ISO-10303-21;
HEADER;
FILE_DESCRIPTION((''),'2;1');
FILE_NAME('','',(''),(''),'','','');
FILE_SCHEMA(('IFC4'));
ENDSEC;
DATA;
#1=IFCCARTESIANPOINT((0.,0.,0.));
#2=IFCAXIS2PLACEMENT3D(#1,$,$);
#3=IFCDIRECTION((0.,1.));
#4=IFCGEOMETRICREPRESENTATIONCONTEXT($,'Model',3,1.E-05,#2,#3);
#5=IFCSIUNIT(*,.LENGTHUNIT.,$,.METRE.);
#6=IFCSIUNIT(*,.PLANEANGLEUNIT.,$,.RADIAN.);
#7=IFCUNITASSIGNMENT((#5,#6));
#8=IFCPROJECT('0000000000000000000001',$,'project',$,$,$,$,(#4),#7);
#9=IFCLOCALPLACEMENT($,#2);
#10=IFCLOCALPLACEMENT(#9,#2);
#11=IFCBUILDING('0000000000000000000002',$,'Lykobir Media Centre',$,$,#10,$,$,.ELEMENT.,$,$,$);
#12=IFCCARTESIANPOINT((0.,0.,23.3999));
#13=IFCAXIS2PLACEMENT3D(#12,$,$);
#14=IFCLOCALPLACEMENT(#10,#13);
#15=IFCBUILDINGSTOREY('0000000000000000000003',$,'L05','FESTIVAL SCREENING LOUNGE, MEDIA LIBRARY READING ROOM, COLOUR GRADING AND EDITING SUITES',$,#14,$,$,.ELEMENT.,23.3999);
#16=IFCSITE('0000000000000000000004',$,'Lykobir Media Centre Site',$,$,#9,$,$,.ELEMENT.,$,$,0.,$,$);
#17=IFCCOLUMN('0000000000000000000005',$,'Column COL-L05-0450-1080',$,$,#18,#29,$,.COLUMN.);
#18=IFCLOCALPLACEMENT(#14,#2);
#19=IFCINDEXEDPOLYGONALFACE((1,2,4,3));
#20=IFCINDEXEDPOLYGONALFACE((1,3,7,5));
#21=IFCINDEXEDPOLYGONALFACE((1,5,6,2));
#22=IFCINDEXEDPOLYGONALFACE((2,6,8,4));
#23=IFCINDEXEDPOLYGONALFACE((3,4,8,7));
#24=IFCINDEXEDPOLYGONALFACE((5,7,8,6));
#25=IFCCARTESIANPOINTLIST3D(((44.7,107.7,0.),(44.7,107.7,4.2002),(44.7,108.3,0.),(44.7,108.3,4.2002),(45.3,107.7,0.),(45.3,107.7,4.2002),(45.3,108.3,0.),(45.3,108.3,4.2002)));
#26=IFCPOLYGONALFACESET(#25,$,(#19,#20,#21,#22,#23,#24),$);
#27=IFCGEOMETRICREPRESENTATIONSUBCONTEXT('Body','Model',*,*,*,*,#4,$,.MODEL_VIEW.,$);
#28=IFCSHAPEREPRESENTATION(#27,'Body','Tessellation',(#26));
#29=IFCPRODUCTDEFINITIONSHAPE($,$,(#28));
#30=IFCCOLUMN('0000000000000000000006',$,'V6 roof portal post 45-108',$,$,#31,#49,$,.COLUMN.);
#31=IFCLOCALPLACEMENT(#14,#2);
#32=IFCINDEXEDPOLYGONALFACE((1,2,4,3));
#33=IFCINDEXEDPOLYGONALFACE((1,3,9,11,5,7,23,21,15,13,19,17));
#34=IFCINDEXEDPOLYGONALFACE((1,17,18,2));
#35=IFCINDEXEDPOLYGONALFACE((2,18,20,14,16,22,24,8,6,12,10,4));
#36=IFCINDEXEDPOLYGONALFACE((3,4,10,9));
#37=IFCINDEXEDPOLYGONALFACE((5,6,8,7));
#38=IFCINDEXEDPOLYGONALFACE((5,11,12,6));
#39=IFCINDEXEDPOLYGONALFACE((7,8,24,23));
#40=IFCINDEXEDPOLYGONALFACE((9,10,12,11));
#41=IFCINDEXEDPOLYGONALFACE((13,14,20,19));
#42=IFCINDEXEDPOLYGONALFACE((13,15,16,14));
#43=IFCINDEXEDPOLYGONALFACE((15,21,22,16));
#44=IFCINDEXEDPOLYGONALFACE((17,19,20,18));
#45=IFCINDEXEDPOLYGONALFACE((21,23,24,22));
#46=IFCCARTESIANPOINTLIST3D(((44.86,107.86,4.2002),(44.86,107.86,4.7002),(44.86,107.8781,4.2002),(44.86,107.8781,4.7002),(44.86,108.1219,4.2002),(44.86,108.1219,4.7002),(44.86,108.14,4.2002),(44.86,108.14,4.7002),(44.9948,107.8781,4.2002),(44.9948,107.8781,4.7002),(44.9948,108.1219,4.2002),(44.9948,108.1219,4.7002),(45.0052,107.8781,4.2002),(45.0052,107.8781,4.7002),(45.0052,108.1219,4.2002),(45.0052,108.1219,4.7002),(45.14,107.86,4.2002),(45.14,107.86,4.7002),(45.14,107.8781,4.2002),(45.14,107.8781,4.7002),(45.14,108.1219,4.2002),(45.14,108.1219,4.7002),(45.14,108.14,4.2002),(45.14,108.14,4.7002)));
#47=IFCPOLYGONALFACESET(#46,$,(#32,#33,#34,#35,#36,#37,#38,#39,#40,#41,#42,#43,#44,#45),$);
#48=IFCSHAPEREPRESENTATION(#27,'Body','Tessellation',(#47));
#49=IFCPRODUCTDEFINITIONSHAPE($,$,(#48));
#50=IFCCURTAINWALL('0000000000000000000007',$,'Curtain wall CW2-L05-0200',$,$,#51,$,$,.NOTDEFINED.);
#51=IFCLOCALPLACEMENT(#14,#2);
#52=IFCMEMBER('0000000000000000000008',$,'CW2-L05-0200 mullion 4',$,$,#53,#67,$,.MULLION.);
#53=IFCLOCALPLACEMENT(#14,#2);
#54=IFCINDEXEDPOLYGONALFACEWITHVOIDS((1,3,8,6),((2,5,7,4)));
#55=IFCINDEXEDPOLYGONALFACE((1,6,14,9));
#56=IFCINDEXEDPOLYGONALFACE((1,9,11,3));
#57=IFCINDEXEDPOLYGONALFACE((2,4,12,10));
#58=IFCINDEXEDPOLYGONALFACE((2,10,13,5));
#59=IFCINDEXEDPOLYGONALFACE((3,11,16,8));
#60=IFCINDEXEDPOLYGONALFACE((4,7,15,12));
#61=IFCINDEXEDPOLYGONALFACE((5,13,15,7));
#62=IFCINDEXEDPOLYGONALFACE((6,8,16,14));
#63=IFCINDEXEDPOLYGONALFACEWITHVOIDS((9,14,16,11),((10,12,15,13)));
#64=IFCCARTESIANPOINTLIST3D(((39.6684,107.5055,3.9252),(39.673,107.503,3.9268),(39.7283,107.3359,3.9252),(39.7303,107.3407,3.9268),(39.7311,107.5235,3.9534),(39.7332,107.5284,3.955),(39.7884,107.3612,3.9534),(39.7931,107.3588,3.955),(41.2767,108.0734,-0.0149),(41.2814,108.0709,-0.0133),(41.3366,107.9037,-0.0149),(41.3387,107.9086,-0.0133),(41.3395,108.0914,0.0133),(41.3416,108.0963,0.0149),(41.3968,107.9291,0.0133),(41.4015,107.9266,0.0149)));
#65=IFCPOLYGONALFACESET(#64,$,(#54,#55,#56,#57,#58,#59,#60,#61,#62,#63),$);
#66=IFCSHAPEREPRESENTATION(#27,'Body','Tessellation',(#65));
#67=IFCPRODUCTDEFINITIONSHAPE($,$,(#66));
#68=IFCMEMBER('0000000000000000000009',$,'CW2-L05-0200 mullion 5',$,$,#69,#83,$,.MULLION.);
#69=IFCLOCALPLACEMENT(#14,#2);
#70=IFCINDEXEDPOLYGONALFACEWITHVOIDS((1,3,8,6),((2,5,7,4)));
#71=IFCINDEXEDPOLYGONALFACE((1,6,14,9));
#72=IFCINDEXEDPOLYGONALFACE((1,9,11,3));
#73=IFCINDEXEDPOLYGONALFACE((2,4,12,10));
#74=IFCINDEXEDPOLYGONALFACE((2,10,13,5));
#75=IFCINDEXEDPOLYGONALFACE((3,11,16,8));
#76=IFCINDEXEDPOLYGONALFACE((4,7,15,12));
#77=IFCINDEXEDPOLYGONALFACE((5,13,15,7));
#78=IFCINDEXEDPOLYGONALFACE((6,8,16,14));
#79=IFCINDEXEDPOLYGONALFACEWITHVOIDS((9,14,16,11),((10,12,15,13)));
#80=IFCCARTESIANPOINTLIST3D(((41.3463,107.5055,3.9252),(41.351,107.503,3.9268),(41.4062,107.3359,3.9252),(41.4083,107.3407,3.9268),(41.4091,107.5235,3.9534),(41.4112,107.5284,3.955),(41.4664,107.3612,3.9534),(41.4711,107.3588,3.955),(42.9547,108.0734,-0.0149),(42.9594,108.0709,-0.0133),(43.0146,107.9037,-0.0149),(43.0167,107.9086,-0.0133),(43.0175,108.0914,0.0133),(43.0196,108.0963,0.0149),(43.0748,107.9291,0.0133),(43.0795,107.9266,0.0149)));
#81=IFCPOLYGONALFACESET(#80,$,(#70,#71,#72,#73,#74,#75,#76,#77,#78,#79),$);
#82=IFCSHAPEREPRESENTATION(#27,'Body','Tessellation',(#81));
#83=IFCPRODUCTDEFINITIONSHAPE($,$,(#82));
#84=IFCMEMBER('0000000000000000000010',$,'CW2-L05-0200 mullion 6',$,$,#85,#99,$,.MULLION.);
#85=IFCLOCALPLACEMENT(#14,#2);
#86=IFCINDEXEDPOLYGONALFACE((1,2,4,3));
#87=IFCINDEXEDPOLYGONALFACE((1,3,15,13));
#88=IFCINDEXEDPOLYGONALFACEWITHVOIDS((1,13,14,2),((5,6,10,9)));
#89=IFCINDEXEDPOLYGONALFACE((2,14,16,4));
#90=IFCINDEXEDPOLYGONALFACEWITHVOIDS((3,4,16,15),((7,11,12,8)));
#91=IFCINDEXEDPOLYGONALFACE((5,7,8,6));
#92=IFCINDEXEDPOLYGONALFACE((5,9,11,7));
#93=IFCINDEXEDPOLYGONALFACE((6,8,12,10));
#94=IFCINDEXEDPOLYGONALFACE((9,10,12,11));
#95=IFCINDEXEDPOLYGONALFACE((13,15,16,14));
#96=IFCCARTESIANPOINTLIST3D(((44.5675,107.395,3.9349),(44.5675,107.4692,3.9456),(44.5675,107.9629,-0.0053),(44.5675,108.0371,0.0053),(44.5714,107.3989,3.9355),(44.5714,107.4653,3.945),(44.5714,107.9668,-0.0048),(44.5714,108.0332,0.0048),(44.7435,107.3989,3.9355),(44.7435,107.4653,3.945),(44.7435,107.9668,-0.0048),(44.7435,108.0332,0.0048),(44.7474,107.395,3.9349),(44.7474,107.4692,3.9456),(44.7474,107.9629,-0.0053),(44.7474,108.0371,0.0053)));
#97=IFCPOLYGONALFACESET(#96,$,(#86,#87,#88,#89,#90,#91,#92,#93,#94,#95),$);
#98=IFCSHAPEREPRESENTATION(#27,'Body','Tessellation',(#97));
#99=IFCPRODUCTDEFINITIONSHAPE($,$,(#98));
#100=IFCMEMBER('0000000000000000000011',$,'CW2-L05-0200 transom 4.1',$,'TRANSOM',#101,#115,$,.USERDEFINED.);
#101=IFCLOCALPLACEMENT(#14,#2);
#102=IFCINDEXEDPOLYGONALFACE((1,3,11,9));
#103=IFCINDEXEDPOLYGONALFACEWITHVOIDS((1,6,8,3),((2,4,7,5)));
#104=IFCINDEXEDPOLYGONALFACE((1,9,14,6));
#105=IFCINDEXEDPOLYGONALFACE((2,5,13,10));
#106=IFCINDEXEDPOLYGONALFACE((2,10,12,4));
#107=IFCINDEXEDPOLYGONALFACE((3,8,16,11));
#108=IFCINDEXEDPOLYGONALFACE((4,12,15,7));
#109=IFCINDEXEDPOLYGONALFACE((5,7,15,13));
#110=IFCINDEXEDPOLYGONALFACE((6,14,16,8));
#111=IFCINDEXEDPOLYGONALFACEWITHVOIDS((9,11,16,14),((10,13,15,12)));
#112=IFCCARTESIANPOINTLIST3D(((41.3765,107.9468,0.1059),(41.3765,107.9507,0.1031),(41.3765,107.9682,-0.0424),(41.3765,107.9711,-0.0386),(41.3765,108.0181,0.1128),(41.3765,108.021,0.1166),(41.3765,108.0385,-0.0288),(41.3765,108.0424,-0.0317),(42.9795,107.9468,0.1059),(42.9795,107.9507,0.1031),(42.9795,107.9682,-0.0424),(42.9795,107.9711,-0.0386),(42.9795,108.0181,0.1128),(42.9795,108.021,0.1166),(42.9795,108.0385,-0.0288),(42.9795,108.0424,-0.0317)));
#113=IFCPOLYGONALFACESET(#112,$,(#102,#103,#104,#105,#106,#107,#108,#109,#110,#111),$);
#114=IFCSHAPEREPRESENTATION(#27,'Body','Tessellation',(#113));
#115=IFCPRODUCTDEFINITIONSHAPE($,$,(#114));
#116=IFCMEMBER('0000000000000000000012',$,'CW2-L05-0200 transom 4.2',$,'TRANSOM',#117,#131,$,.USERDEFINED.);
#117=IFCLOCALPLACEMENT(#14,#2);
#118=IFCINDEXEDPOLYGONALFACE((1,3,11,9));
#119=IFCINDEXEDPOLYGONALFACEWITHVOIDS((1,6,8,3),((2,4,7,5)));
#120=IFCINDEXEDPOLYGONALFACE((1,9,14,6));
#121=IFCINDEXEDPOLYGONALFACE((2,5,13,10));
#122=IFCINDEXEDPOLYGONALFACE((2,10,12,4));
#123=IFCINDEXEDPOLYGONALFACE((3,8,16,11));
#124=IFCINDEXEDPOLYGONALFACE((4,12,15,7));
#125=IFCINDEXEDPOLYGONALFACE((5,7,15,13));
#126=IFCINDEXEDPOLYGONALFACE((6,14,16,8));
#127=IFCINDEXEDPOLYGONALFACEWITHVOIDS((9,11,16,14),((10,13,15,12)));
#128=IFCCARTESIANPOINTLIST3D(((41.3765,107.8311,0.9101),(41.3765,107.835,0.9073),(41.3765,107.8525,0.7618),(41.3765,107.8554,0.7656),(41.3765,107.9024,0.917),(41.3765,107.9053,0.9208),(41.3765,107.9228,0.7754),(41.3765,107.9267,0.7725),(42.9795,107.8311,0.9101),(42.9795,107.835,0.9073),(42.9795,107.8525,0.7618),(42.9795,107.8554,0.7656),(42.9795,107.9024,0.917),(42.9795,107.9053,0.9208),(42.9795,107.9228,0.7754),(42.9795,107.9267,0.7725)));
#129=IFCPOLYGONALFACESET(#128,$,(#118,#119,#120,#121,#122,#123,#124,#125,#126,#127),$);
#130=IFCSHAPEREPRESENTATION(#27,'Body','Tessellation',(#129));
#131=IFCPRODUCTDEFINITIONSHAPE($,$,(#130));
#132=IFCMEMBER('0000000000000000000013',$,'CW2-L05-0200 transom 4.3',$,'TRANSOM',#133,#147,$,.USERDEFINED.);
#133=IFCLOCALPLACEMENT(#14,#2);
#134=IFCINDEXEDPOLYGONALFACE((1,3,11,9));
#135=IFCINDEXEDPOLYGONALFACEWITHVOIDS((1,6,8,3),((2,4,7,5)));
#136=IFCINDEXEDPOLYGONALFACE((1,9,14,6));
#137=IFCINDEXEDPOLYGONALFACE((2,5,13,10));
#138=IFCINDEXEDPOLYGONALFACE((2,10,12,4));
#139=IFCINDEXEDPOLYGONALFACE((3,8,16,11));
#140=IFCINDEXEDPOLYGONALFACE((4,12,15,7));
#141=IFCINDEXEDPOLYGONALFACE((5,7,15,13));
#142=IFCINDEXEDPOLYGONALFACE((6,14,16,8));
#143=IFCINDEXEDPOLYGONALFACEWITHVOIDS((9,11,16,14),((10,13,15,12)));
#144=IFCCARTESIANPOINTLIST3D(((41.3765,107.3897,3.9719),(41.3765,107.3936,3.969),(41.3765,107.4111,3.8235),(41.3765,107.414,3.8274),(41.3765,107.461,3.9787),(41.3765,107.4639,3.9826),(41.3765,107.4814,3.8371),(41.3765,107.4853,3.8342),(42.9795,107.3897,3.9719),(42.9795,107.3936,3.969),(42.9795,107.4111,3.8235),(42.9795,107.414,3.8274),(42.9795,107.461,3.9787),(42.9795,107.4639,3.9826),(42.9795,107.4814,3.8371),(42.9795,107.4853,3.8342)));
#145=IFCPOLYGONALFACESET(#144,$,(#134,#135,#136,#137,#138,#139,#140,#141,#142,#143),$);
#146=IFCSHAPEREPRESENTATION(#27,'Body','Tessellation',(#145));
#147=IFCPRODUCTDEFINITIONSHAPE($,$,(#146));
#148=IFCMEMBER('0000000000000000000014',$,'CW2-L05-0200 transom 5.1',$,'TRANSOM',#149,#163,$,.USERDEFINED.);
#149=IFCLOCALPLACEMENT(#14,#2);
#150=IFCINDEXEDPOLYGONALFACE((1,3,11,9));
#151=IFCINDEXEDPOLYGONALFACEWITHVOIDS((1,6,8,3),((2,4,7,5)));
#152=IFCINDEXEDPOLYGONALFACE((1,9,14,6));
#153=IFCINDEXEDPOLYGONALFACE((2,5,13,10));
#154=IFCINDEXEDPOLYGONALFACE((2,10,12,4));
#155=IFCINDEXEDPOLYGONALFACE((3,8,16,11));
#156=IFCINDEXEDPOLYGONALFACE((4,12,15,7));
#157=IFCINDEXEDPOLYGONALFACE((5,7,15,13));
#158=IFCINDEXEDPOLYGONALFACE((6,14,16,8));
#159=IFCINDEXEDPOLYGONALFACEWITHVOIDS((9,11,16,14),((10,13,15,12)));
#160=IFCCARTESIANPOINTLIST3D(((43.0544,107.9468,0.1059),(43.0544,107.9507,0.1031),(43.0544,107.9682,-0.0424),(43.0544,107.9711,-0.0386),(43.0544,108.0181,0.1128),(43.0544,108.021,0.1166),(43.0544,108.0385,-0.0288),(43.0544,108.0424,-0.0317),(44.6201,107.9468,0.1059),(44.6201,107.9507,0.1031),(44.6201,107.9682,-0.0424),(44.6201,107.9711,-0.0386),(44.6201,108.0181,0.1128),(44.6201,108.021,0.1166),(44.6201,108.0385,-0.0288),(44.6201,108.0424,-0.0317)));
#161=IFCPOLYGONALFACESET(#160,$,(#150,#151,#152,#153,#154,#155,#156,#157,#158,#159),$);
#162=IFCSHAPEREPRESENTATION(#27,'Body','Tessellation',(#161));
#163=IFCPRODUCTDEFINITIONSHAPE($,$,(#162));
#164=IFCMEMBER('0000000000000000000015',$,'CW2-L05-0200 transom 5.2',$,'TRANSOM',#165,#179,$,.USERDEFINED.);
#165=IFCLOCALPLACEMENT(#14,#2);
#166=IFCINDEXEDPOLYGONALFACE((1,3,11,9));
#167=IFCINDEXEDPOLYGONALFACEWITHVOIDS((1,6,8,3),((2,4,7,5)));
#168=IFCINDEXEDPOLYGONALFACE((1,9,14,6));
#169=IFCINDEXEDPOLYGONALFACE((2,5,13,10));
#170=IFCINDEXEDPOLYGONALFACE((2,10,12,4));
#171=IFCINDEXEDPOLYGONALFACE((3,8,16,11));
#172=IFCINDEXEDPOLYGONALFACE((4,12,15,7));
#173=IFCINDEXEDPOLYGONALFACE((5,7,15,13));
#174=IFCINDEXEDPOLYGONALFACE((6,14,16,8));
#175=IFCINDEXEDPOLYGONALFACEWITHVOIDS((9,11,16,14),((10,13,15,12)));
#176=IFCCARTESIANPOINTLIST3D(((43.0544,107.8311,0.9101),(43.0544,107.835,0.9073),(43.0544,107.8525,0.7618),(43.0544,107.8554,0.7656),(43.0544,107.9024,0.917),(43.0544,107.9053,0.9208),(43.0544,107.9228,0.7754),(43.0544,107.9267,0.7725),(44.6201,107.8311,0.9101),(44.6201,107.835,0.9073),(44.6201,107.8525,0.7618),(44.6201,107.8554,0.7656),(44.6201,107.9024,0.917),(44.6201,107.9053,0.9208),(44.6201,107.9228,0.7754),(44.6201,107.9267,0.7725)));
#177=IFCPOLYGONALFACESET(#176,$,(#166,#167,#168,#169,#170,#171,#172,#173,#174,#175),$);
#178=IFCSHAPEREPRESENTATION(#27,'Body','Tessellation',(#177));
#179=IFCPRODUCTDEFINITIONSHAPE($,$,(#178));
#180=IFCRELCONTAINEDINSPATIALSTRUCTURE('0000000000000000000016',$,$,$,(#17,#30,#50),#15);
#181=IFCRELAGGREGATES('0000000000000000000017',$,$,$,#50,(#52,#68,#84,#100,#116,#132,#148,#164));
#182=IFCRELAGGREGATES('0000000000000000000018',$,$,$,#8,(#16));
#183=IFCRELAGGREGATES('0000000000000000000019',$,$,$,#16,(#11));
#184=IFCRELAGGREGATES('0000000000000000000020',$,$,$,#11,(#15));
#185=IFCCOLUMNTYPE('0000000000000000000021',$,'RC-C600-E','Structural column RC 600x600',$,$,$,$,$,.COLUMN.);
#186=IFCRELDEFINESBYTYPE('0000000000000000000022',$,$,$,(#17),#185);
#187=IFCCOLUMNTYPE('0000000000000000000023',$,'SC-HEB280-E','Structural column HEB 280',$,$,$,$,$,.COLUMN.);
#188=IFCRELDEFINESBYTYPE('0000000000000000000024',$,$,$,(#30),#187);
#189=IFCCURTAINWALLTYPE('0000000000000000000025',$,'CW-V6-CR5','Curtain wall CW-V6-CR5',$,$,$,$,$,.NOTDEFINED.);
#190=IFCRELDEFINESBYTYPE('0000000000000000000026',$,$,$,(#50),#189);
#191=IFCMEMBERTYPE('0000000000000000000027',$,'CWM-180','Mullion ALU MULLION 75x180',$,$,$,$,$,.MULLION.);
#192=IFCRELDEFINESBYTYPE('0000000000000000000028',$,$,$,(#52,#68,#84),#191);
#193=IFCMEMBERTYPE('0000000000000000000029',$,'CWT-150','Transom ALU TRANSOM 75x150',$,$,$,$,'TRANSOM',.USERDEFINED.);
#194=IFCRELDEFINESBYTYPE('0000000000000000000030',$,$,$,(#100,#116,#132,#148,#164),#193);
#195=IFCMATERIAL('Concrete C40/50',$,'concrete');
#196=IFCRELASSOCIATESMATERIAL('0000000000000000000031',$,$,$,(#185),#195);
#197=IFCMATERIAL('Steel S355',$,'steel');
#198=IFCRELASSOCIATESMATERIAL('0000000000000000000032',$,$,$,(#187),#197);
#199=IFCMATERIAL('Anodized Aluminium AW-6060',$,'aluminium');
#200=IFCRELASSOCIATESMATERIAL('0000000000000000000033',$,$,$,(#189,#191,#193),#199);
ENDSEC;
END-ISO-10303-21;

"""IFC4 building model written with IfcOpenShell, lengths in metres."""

from ifc_helpers import new_model, si_unit, direction, frame, origin, origin_2d, place, context, subcontext, project, spatial, rectangle, hollow_rectangle, i_section, extrude, material, material_profile, profile_set, type_object, element, aggregate, save


model = new_model("IFC4")

# Units and contexts
model_context = context("Model", 3, precision=1e-05, world=origin(), true_north=direction((0.0, 1.0)))
body_context = subcontext(model_context, "Body", "Model", "MODEL_VIEW")
ifc_project = project(units=[si_unit("LENGTHUNIT", "METRE"), si_unit("PLANEANGLEUNIT", "RADIAN")], contexts=[model_context])

# Site, building, storey
site_placement = place(None, origin())
site = spatial("IfcSite", under=ifc_project, at=site_placement, Name="Lykobir Media Centre Site", CompositionType="ELEMENT", RefElevation=0.0)
building_placement = place(site_placement, origin())
building = spatial("IfcBuilding", under=site, at=building_placement, Name="Lykobir Media Centre", CompositionType="ELEMENT")
storey_placement = place(building_placement, frame((0.0, 0.0, 23.3999)))
storey = spatial("IfcBuildingStorey", under=building, at=storey_placement, Name="L05", Description="FESTIVAL SCREENING LOUNGE, MEDIA LIBRARY READING ROOM, COLOUR GRADING AND EDITING SUITES", CompositionType="ELEMENT", Elevation=23.3999)

# Columns
ifc_material_1 = material(Name="Concrete C40/50", Category="concrete")
ifc_material_profile_1 = material_profile(ifc_material_1, rectangle(XDim=0.6001, YDim=0.6001, at=origin_2d()), Name="RC 600x600")
ifc_profile_set_1 = profile_set([ifc_material_profile_1], Name="Concrete C40/50")
column_type_1 = type_object("IfcColumnType", Name="RC-C600-E", Description="Structural column RC 600x600", PredefinedType="COLUMN", material=ifc_profile_set_1)
column_1_placement = place(storey_placement, frame((45.0, 108.0, 0.0), z_axis=(0.0, 0.0, 1.0), x_axis=(1.0, 0.0, 0.0)))
element("IfcColumn", 1, at=column_1_placement, inside=storey, type_object=column_type_1, Name="Column COL-L05-0450-1080", PredefinedType="COLUMN", context=body_context, shape_type="SweptSolid", body=[
    extrude(rectangle(XDim=0.6001, YDim=0.6001, at=origin_2d()), origin(), (0.0, 0.0, 1.0), 4.2002),
])
ifc_material_2 = material(Name="Steel S355", Category="steel")
ifc_material_profile_2 = material_profile(ifc_material_2, i_section(OverallWidth=0.28, OverallDepth=0.28, WebThickness=0.0105, FlangeThickness=0.0181, at=origin_2d()), Name="HEB 280")
ifc_profile_set_2 = profile_set([ifc_material_profile_2], Name="Steel S355")
column_type_2 = type_object("IfcColumnType", Name="SC-HEB280-E", Description="Structural column HEB 280", PredefinedType="COLUMN", material=ifc_profile_set_2)
column_2_placement = place(storey_placement, frame((45.0, 108.0, 4.2002), z_axis=(0.0, 0.0, 1.0), x_axis=(1.0, 0.0, 0.0)))
element("IfcColumn", 2, at=column_2_placement, inside=storey, type_object=column_type_2, Name="V6 roof portal post 45-108", PredefinedType="COLUMN", context=body_context, shape_type="SweptSolid", body=[
    extrude(i_section(OverallWidth=0.28, OverallDepth=0.28, WebThickness=0.0105, FlangeThickness=0.0181, at=origin_2d()), origin(), (0.0, 0.0, 1.0), 0.5),
])

# Curtain wall, members
ifc_material_3 = material(Name="Anodized Aluminium AW-6060", Category="aluminium")
curtain_wall_type_1 = type_object("IfcCurtainWallType", Name="CW-V6-CR5", Description="Curtain wall CW-V6-CR5", PredefinedType="NOTDEFINED", material=ifc_material_3)
curtain_wall_1_placement = place(storey_placement, origin())
curtain_wall_1 = element("IfcCurtainWall", 3, at=curtain_wall_1_placement, inside=storey, type_object=curtain_wall_type_1, Name="Curtain wall CW2-L05-0200", PredefinedType="NOTDEFINED")
ifc_material_profile_3 = material_profile(ifc_material_3, hollow_rectangle(XDim=0.075, YDim=0.1799, WallThickness=0.0039, at=origin_2d()), Name="ALU MULLION 75x180")
ifc_profile_set_3 = profile_set([ifc_material_profile_3], Name="Anodized Aluminium AW-6060")
member_type_1 = type_object("IfcMemberType", Name="CWM-180", Description="Mullion ALU MULLION 75x180", PredefinedType="MULLION", material=ifc_profile_set_3)
member_1_placement = place(storey_placement, frame((41.3391, 108.0, 0.0), z_axis=(-0.374609, -0.132262, 0.917701), x_axis=(0.865349, 0.305526, 0.397272)))
member_1 = element("IfcMember", 4, at=member_1_placement, type_object=member_type_1, Name="CW2-L05-0200 mullion 4", PredefinedType="MULLION", context=body_context, shape_type="SweptSolid", body=[
    extrude(hollow_rectangle(XDim=0.075, YDim=0.1799, WallThickness=0.0039, at=origin_2d()), origin(), (0.0, 0.0, 1.0), 4.2935),
])
member_2_placement = place(storey_placement, frame((43.0171, 108.0, 0.0), z_axis=(-0.374609, -0.132262, 0.917701), x_axis=(0.865349, 0.305526, 0.397272)))
member_2 = element("IfcMember", 5, at=member_2_placement, type_object=member_type_1, Name="CW2-L05-0200 mullion 5", PredefinedType="MULLION", context=body_context, shape_type="SweptSolid", body=[
    extrude(hollow_rectangle(XDim=0.075, YDim=0.1799, WallThickness=0.0039, at=origin_2d()), origin(), (0.0, 0.0, 1.0), 4.2935),
])
member_3_placement = place(storey_placement, frame((44.6575, 108.0, 0.0), z_axis=(0.0, -0.142649, 0.989773), x_axis=(0.0, 0.989773, 0.142649)))
member_3 = element("IfcMember", 6, at=member_3_placement, type_object=member_type_1, Name="CW2-L05-0200 mullion 6", PredefinedType="MULLION", context=body_context, shape_type="SweptSolid", body=[
    extrude(hollow_rectangle(XDim=0.075, YDim=0.1799, WallThickness=0.0039, at=origin_2d()), origin(), (0.0, 0.0, 1.0), 3.981),
])
ifc_material_profile_4 = material_profile(ifc_material_3, hollow_rectangle(XDim=0.075, YDim=0.1499, WallThickness=0.0034, at=origin_2d()), Name="ALU TRANSOM 75x150")
ifc_profile_set_4 = profile_set([ifc_material_profile_4], Name="Anodized Aluminium AW-6060")
member_type_2 = type_object("IfcMemberType", Name="CWT-150", Description="Transom ALU TRANSOM 75x150", ElementType="TRANSOM", PredefinedType="USERDEFINED", material=ifc_profile_set_4)
member_4_placement = place(storey_placement, frame((41.3765, 107.9946, 0.0371), z_axis=(1.0, 0.0, 0.0), x_axis=(0.0, 0.989776, 0.142629)))
member_4 = element("IfcMember", 7, at=member_4_placement, type_object=member_type_2, Name="CW2-L05-0200 transom 4.1", ObjectType="TRANSOM", PredefinedType="USERDEFINED", context=body_context, shape_type="SweptSolid", body=[
    extrude(hollow_rectangle(XDim=0.075, YDim=0.1499, WallThickness=0.0034, at=origin_2d()), origin(), (0.0, 0.0, 1.0), 1.603),
])
member_5_placement = place(storey_placement, frame((41.3765, 107.8789, 0.8413), z_axis=(1.0, 0.0, 0.0), x_axis=(0.0, 0.989776, 0.142629)))
member_5 = element("IfcMember", 8, at=member_5_placement, type_object=member_type_2, Name="CW2-L05-0200 transom 4.2", ObjectType="TRANSOM", PredefinedType="USERDEFINED", context=body_context, shape_type="SweptSolid", body=[
    extrude(hollow_rectangle(XDim=0.075, YDim=0.1499, WallThickness=0.0034, at=origin_2d()), origin(), (0.0, 0.0, 1.0), 1.603),
])
member_6_placement = place(storey_placement, frame((41.3765, 107.4375, 3.9031), z_axis=(1.0, 0.0, 0.0), x_axis=(0.0, 0.989776, 0.142629)))
member_6 = element("IfcMember", 9, at=member_6_placement, type_object=member_type_2, Name="CW2-L05-0200 transom 4.3", ObjectType="TRANSOM", PredefinedType="USERDEFINED", context=body_context, shape_type="SweptSolid", body=[
    extrude(hollow_rectangle(XDim=0.075, YDim=0.1499, WallThickness=0.0034, at=origin_2d()), origin(), (0.0, 0.0, 1.0), 1.603),
])
member_7_placement = place(storey_placement, frame((43.0544, 107.9946, 0.0371), z_axis=(1.0, 0.0, 0.0), x_axis=(0.0, 0.989776, 0.142629)))
member_7 = element("IfcMember", 10, at=member_7_placement, type_object=member_type_2, Name="CW2-L05-0200 transom 5.1", ObjectType="TRANSOM", PredefinedType="USERDEFINED", context=body_context, shape_type="SweptSolid", body=[
    extrude(hollow_rectangle(XDim=0.075, YDim=0.1499, WallThickness=0.0034, at=origin_2d()), origin(), (0.0, 0.0, 1.0), 1.5657),
])
member_8_placement = place(storey_placement, frame((43.0544, 107.8789, 0.8413), z_axis=(1.0, 0.0, 0.0), x_axis=(0.0, 0.989776, 0.142629)))
member_8 = element("IfcMember", 11, at=member_8_placement, type_object=member_type_2, Name="CW2-L05-0200 transom 5.2", ObjectType="TRANSOM", PredefinedType="USERDEFINED", context=body_context, shape_type="SweptSolid", body=[
    extrude(hollow_rectangle(XDim=0.075, YDim=0.1499, WallThickness=0.0034, at=origin_2d()), origin(), (0.0, 0.0, 1.0), 1.5657),
])

aggregate(curtain_wall_1, [member_1, member_2, member_3, member_4, member_5, member_6, member_7, member_8])

save(model, "model.ifc")
